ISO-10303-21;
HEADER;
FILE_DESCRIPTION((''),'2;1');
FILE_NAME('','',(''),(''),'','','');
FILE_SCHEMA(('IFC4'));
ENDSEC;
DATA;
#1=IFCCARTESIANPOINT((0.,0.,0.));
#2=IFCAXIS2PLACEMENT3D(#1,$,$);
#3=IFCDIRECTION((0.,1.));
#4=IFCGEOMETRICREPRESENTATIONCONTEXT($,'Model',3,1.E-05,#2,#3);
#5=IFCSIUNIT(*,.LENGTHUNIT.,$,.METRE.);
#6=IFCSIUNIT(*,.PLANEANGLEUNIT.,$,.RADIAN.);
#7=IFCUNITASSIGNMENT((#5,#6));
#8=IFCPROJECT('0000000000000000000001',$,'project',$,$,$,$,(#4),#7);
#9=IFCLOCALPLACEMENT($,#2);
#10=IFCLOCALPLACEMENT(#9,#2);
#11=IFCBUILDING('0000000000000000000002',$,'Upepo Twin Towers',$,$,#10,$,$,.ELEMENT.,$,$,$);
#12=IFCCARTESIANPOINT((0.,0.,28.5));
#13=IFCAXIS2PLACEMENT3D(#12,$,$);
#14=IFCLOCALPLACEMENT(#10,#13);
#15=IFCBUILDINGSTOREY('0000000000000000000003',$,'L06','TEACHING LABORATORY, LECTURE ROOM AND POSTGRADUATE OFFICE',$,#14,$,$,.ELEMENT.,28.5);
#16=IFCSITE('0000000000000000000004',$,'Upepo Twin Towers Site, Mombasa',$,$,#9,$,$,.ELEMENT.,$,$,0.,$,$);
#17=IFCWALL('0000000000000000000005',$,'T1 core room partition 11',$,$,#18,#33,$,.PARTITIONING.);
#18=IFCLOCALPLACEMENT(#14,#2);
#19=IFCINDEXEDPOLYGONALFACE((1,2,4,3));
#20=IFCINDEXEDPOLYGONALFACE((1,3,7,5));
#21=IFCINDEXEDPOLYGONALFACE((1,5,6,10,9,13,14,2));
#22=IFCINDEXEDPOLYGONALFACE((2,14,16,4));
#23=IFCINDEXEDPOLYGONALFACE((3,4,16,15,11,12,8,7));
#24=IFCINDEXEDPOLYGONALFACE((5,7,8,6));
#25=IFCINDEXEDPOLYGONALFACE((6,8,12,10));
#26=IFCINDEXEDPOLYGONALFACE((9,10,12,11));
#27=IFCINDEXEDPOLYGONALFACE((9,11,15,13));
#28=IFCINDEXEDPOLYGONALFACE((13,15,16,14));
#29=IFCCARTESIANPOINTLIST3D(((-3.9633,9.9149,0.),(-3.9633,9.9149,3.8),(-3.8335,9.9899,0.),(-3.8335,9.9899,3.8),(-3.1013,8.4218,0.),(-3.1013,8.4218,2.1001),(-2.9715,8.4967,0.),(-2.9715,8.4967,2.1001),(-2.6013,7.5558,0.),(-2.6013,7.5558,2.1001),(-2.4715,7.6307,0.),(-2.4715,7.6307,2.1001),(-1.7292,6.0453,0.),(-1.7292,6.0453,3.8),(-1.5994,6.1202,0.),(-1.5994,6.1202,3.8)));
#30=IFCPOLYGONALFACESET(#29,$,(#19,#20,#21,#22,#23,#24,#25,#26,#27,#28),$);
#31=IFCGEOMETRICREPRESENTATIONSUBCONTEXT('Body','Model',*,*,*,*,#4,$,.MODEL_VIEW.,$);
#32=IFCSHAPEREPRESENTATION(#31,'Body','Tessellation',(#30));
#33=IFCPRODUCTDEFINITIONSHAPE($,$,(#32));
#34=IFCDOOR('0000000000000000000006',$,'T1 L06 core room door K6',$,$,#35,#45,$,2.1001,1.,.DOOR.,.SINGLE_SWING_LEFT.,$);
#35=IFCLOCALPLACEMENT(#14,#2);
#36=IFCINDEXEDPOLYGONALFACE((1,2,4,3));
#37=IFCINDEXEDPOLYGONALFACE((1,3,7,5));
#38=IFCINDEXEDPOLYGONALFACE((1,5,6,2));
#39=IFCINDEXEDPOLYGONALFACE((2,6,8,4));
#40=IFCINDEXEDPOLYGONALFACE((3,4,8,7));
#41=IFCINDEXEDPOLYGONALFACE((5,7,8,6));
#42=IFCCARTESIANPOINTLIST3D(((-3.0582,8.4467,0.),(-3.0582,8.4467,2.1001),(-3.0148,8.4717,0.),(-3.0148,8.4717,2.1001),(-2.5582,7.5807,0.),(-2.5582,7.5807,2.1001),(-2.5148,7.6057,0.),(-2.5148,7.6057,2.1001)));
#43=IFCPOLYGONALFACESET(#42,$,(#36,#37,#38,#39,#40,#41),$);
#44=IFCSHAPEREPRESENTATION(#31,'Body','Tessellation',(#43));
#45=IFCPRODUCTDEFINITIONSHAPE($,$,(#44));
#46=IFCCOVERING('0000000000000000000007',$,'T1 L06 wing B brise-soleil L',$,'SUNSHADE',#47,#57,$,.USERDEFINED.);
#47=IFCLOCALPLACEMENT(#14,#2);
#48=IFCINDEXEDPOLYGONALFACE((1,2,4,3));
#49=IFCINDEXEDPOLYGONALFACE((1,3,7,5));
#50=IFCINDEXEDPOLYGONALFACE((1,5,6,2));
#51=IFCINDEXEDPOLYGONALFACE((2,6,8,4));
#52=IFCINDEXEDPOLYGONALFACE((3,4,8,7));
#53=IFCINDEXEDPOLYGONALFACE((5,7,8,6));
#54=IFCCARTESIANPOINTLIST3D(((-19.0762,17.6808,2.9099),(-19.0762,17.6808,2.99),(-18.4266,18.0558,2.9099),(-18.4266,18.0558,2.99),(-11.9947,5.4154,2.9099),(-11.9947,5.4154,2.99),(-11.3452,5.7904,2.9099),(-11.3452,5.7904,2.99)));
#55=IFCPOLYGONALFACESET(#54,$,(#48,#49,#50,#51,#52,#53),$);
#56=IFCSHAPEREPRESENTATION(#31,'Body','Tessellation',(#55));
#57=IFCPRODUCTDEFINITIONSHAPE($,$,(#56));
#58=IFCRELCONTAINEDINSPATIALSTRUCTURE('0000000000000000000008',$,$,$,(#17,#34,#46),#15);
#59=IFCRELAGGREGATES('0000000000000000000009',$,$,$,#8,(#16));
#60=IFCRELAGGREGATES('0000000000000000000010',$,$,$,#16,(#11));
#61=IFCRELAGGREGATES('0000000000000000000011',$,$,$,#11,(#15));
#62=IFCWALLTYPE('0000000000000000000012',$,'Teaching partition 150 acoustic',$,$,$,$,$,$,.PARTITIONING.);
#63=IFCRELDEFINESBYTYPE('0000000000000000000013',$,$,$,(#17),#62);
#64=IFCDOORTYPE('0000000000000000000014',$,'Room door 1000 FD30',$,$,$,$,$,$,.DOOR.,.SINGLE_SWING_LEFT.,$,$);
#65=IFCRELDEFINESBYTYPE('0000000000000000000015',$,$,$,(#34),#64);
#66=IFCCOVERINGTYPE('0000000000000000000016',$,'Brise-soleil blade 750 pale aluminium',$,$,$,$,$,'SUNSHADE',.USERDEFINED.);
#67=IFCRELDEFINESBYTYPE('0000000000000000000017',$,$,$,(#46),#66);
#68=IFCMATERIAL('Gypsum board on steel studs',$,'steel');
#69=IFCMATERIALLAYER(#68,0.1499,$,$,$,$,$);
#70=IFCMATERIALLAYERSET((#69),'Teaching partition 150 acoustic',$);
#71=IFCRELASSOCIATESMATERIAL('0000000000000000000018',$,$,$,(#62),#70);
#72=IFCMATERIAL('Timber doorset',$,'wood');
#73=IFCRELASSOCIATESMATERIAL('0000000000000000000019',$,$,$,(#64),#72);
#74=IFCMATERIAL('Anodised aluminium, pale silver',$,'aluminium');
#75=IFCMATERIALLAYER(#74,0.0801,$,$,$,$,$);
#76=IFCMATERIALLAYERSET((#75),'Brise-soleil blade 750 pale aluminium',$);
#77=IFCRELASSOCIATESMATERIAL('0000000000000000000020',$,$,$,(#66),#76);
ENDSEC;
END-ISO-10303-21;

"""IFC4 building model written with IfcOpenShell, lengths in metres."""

from ifc_helpers import new_model, si_unit, direction, frame, frame_2d, origin, origin_2d, place, context, subcontext, project, spatial, rectangle, extrude, material, layer, layer_set, type_object, element, fill, save


model = new_model("IFC4")

# Units and contexts
model_context = context("Model", 3, precision=1e-05, world=origin(), true_north=direction((0.0, 1.0)))
body_context = subcontext(model_context, "Body", "Model", "MODEL_VIEW")
ifc_project = project(units=[si_unit("LENGTHUNIT", "METRE"), si_unit("PLANEANGLEUNIT", "RADIAN")], contexts=[model_context])

# Site, building, storey
site_placement = place(None, origin())
site = spatial("IfcSite", under=ifc_project, at=site_placement, Name="Upepo Twin Towers Site, Mombasa", CompositionType="ELEMENT", RefElevation=0.0)
building_placement = place(site_placement, origin())
building = spatial("IfcBuilding", under=site, at=building_placement, Name="Upepo Twin Towers", CompositionType="ELEMENT")
storey_placement = place(building_placement, frame((0.0, 0.0, 28.5)))
storey = spatial("IfcBuildingStorey", under=building, at=storey_placement, Name="L06", Description="TEACHING LABORATORY, LECTURE ROOM AND POSTGRADUATE OFFICE", CompositionType="ELEMENT", Elevation=28.5)

# Wall, opening, door
ifc_material_1 = material(Name="Gypsum board on steel studs", Category="steel")
ifc_layer_1 = layer(ifc_material_1, 0.1499)
ifc_layer_set_1 = layer_set([ifc_layer_1], Name="Teaching partition 150 acoustic")
wall_type_1 = type_object("IfcWallType", Name="Teaching partition 150 acoustic", PredefinedType="PARTITIONING", material=ifc_layer_set_1)
wall_1_placement = place(storey_placement, frame((-3.8984, 9.9524, 0.0), z_axis=(0.0, 0.0, 1.0), x_axis=(0.5, -0.866025, 0.0)))
wall_1 = element("IfcWall", 1, at=wall_1_placement, inside=storey, type_object=wall_type_1, Name="T1 core room partition 11", PredefinedType="PARTITIONING", context=body_context, shape_type="SweptSolid", body=[
    extrude(rectangle(XDim=4.4683, YDim=0.1499, at=frame_2d((2.2341, 0.0))), origin(), (0.0, 0.0, 1.0), 3.8),
])
opening_1_placement = place(wall_1_placement, frame((1.7241, 0.0, 0.0)))
opening_1 = element("IfcOpeningElement", 2, at=opening_1_placement, cuts=wall_1, PredefinedType="OPENING", context=body_context, shape_type="SweptSolid", body=[
    extrude(rectangle(XDim=1.0, YDim=2.1001, at=frame_2d((0.5, 1.05))), frame((0.0, 0.085, 0.0), z_axis=(0.0, -1.0, 0.0), x_axis=(1.0, 0.0, 0.0)), (0.0, 0.0, 1.0), 0.1699),
])
ifc_material_2 = material(Name="Timber doorset", Category="wood")
door_type_1 = type_object("IfcDoorType", Name="Room door 1000 FD30", OperationType="SINGLE_SWING_LEFT", PredefinedType="DOOR", material=ifc_material_2)
door_1_placement = place(opening_1_placement, origin())
door_1 = element("IfcDoor", 3, at=door_1_placement, inside=storey, type_object=door_type_1, Name="T1 L06 core room door K6", OperationType="SINGLE_SWING_LEFT", OverallHeight=2.1001, OverallWidth=1.0, PredefinedType="DOOR", context=body_context, shape_type="SweptSolid", body=[
    extrude(rectangle(XDim=1.0, YDim=2.1001, at=frame_2d((0.5, 1.05))), frame((0.0, 0.0249, 0.0), z_axis=(0.0, -1.0, 0.0), x_axis=(1.0, 0.0, 0.0)), (0.0, 0.0, 1.0), 0.05),
])
fill(opening_1, door_1)

# Covering
ifc_material_3 = material(Name="Anodised aluminium, pale silver", Category="aluminium")
ifc_layer_2 = layer(ifc_material_3, 0.0801)
ifc_layer_set_2 = layer_set([ifc_layer_2], Name="Brise-soleil blade 750 pale aluminium")
covering_type = type_object("IfcCoveringType", Name="Brise-soleil blade 750 pale aluminium", ElementType="SUNSHADE", PredefinedType="USERDEFINED", material=ifc_layer_set_2)
covering_placement = place(storey_placement, frame((-15.2107, 11.7356, 2.9099), z_axis=(0.0, 0.0, 1.0), x_axis=(-0.5, 0.866025, 0.0)))
element("IfcCovering", 4, at=covering_placement, inside=storey, type_object=covering_type, Name="T1 L06 wing B brise-soleil L", ObjectType="SUNSHADE", PredefinedType="USERDEFINED", context=body_context, shape_type="SweptSolid", body=[
    extrude(rectangle(XDim=14.1628, YDim=0.75, at=origin_2d()), origin(), (0.0, 0.0, 1.0), 0.0801),
])

save(model, "model.ifc")
